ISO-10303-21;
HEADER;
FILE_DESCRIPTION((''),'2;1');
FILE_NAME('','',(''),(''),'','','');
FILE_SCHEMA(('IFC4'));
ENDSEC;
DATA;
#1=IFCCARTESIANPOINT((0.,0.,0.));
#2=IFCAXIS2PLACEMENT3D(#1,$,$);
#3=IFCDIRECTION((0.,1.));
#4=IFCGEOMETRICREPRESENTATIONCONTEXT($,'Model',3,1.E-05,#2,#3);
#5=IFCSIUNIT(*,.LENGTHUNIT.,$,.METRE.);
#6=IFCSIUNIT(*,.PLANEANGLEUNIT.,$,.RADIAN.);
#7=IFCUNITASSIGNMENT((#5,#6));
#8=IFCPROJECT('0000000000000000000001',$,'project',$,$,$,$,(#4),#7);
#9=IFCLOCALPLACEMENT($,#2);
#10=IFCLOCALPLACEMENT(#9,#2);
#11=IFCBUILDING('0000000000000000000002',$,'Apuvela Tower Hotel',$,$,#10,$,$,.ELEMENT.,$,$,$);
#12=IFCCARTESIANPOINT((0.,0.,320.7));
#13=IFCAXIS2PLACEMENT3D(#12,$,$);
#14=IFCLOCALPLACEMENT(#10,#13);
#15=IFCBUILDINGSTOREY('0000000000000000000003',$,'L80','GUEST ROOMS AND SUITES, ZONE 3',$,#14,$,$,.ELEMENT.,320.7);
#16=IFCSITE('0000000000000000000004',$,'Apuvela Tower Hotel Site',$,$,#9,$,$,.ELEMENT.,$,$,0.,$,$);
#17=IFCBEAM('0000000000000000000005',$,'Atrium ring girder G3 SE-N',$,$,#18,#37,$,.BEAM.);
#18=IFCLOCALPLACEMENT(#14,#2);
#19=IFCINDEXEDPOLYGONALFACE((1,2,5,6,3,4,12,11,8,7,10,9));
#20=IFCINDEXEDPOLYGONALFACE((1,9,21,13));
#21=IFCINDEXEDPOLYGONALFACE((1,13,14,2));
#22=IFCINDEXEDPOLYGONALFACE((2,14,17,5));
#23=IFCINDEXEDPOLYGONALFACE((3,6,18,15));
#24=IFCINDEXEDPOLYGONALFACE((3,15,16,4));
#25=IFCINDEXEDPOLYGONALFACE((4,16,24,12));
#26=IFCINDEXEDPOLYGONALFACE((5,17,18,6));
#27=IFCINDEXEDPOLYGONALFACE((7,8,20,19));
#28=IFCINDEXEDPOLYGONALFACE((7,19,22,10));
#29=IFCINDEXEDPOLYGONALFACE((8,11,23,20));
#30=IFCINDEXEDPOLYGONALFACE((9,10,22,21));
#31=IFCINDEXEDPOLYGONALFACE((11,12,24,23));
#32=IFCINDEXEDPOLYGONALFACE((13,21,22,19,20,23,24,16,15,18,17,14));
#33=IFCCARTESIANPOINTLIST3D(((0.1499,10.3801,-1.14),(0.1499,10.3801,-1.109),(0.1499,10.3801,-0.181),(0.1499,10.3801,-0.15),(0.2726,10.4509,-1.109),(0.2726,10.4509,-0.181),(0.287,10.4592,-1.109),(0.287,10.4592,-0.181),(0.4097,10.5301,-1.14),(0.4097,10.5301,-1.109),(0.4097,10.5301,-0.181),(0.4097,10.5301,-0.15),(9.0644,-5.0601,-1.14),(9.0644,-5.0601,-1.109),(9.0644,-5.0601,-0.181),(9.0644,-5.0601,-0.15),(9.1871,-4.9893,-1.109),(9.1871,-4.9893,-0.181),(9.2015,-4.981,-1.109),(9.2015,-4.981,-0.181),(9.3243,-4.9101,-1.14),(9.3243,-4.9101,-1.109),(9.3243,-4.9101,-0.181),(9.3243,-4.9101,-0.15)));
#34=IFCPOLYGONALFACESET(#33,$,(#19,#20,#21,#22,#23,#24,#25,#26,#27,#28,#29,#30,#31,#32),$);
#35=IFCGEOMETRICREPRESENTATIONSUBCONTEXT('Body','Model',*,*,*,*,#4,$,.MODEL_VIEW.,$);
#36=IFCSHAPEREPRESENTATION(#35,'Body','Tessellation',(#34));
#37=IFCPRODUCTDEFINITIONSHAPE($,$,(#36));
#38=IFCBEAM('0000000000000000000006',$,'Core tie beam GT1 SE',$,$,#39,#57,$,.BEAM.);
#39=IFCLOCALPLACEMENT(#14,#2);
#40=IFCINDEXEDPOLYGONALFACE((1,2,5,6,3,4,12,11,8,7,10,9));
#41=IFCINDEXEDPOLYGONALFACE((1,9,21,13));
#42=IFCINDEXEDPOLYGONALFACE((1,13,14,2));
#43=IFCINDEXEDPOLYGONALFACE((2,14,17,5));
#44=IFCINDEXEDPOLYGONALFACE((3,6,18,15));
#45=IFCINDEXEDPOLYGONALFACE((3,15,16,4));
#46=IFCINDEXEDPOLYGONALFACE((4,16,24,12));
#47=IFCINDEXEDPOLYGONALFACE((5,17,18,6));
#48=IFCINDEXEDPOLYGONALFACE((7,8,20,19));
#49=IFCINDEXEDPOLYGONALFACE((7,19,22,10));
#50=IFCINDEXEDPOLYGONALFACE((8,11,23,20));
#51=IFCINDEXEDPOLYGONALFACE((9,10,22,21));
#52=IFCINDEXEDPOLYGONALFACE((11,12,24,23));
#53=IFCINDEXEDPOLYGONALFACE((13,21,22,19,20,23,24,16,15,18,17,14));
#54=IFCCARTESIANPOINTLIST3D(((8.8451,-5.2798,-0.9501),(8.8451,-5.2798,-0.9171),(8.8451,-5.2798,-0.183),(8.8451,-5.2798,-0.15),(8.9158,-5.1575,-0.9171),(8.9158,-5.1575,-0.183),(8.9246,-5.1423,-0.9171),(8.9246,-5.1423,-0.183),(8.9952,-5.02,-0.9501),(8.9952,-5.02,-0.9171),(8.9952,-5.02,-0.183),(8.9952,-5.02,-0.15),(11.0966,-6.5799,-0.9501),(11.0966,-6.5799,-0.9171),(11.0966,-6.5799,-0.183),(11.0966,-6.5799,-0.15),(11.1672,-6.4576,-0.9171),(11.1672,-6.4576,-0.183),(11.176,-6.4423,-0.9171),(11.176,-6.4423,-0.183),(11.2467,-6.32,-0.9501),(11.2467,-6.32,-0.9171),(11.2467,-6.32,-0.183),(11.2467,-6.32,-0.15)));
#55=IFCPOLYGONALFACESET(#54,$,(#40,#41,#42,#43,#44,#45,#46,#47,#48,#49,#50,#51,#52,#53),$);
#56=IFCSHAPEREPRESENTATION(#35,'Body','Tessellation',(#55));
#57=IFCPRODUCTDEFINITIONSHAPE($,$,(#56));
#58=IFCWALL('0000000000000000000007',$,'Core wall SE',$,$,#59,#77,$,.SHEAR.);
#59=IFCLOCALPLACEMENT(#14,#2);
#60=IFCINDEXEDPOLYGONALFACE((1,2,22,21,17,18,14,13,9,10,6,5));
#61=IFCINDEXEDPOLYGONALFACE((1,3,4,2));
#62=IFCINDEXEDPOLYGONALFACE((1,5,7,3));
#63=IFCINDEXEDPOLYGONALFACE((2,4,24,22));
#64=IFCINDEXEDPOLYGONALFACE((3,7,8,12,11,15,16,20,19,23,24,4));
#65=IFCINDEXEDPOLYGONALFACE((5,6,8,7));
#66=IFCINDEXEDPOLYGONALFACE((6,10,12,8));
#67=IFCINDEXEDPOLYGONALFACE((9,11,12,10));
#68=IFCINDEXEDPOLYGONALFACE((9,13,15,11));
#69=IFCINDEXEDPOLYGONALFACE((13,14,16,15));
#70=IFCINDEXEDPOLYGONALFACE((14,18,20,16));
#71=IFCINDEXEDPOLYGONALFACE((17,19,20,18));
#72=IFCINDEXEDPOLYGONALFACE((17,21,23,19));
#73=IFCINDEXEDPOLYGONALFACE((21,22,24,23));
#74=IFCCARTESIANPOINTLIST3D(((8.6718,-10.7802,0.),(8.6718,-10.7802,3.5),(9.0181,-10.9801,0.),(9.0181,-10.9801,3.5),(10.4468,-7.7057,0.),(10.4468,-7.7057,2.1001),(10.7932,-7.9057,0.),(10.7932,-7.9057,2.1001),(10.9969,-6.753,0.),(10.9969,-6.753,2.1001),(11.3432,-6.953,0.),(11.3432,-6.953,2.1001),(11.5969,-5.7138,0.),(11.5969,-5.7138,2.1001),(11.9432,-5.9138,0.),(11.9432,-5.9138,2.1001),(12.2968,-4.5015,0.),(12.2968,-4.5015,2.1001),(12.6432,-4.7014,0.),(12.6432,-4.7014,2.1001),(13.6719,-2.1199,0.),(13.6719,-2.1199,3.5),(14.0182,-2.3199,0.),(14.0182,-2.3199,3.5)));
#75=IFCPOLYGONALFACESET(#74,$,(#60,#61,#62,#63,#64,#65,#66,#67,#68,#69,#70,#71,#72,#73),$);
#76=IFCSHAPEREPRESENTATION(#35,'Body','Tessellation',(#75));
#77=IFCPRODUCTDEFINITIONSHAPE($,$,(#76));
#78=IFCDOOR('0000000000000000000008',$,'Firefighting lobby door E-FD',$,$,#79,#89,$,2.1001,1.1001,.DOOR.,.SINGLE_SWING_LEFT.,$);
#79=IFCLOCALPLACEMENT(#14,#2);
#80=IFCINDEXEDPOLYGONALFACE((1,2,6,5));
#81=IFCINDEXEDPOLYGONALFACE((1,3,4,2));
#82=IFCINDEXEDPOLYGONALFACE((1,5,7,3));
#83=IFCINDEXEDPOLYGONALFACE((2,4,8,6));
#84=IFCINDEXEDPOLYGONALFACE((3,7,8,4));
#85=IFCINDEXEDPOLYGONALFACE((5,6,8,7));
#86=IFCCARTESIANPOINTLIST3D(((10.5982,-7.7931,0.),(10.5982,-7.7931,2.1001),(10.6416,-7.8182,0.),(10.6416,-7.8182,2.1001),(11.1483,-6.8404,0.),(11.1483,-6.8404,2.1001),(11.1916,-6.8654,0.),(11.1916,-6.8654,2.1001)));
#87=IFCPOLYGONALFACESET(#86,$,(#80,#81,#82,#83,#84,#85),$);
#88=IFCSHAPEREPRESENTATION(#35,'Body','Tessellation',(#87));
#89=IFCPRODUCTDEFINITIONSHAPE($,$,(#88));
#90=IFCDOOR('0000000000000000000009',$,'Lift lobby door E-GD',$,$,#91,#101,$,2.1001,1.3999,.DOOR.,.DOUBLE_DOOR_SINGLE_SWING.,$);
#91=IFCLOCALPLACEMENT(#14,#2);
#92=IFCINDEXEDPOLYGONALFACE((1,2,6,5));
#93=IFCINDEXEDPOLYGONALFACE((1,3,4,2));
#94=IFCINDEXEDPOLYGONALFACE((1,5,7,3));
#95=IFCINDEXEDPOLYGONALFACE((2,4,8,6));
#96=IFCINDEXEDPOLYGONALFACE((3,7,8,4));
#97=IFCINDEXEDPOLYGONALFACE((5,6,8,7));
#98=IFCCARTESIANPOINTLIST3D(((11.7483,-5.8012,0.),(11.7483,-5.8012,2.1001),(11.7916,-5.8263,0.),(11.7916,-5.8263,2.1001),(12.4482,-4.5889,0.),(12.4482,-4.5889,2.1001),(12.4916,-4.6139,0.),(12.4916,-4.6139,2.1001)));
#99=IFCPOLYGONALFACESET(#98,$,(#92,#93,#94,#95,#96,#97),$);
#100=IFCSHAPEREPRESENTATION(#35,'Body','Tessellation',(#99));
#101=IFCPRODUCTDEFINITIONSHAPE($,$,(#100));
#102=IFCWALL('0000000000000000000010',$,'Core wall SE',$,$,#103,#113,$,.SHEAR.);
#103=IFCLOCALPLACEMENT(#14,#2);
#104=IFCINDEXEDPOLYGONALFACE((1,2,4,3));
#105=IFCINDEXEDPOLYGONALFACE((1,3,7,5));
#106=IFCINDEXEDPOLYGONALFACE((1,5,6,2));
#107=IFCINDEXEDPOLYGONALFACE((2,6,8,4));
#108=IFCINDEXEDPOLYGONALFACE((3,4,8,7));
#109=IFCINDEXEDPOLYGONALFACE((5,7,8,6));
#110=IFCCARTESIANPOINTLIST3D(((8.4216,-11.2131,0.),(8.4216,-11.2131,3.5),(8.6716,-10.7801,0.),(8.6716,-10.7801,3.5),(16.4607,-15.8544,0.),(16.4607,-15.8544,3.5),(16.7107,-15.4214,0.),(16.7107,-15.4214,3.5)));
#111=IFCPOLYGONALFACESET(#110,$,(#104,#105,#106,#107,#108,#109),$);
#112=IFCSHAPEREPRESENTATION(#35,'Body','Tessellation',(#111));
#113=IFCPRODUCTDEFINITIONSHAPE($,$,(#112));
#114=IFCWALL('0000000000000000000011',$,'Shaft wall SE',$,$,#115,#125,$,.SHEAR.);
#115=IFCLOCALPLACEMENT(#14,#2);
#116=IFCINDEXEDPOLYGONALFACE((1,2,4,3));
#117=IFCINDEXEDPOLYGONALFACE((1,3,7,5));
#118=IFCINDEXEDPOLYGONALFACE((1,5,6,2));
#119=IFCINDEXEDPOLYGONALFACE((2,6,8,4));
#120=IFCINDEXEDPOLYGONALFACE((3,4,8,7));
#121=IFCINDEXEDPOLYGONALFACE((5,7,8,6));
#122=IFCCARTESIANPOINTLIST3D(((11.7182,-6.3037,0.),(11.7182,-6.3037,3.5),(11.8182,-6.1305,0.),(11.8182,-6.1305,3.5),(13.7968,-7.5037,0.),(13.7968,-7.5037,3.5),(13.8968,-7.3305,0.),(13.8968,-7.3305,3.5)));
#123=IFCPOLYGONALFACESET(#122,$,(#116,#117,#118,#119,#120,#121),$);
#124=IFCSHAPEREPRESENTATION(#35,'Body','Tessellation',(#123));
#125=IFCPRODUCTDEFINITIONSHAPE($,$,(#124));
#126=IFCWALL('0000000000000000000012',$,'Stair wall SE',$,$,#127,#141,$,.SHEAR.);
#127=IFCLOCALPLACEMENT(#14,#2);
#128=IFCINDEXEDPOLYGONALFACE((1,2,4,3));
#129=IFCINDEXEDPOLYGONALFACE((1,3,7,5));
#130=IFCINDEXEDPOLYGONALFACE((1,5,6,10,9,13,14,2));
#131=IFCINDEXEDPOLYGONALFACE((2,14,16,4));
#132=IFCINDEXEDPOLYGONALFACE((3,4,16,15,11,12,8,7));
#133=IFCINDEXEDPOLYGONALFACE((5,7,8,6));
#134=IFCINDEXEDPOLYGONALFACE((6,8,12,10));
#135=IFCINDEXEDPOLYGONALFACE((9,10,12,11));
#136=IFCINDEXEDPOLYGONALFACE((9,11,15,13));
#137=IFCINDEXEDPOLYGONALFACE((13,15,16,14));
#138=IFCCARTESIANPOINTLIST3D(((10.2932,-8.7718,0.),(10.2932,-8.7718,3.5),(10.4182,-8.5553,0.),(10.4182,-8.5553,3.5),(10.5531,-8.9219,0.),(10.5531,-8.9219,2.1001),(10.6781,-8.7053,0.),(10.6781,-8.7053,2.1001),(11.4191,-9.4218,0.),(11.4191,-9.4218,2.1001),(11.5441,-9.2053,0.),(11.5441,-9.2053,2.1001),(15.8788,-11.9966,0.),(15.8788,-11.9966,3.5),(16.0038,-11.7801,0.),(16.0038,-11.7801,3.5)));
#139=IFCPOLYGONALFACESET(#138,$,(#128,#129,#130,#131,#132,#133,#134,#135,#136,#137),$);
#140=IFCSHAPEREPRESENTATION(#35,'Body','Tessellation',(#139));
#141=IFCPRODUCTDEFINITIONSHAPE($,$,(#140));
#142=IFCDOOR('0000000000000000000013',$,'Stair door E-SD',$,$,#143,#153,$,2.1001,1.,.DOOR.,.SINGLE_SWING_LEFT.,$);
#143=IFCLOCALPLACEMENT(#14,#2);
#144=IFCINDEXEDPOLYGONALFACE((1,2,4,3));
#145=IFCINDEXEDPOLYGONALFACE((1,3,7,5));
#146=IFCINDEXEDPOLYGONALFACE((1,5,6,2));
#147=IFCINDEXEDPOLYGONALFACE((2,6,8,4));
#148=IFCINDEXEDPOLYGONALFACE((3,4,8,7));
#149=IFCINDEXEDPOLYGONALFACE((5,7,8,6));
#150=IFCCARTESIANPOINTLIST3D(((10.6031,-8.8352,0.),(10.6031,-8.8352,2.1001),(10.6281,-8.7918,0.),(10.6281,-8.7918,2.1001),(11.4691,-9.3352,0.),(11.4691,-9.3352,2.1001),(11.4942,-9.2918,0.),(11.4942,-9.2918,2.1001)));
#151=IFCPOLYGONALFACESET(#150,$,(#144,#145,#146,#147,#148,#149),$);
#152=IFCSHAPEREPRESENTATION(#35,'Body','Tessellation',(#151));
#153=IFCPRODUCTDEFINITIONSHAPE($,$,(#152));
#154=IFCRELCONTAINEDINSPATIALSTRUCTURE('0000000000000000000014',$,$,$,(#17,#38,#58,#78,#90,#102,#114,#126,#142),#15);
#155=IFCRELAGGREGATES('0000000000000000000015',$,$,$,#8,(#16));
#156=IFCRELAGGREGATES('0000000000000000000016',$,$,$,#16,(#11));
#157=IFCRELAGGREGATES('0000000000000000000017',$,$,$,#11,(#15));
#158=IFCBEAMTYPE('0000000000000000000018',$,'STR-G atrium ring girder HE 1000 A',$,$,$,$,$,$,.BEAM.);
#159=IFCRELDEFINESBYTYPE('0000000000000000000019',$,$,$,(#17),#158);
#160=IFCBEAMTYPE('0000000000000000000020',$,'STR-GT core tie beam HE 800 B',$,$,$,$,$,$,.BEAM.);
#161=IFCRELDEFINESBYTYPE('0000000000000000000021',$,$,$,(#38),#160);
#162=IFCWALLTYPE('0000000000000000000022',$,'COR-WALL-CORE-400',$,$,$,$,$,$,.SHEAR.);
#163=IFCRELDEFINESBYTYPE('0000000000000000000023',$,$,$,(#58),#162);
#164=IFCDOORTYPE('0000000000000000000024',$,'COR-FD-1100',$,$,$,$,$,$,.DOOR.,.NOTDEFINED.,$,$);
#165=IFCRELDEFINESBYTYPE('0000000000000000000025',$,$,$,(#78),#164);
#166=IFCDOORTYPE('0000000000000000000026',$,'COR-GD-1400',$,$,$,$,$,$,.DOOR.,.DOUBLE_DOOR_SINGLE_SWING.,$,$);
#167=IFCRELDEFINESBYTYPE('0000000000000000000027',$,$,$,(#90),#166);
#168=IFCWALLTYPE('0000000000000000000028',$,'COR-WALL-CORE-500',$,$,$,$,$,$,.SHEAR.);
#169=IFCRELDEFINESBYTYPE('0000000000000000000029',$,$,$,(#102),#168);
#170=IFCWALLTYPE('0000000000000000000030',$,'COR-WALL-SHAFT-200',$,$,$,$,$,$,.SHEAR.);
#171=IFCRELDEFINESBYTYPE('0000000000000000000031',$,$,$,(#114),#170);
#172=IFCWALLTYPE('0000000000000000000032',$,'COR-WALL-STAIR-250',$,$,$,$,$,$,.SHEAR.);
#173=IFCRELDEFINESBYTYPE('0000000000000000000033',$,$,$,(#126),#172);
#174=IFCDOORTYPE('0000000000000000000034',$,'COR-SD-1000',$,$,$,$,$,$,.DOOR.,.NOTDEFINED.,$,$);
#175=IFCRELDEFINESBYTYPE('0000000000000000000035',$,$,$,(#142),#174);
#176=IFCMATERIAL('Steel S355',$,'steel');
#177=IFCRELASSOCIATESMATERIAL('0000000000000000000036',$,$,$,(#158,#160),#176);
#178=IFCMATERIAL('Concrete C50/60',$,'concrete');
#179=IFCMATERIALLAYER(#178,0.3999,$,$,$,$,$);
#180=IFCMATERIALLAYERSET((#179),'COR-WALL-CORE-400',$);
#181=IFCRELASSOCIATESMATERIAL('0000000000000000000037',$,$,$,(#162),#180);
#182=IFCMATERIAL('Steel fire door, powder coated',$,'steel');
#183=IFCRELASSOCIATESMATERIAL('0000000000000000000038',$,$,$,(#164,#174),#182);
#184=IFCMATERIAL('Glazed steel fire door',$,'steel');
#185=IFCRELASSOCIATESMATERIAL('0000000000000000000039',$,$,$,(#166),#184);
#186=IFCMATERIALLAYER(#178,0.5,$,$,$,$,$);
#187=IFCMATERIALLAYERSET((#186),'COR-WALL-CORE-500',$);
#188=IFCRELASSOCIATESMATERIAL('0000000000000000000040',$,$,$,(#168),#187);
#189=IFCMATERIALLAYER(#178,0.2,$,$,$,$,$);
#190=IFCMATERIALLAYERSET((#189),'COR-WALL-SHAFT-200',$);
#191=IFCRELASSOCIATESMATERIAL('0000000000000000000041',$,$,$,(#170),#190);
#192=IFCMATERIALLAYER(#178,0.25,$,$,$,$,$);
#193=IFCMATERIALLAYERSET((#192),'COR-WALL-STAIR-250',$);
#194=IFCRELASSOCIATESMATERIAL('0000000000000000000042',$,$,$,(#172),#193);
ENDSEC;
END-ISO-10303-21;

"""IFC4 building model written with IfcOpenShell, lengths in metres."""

from ifc_helpers import new_model, si_unit, direction, frame, frame_2d, origin, origin_2d, place, context, subcontext, project, spatial, rectangle, i_section, extrude, material, layer, layer_set, material_profile, profile_set, type_object, element, fill, save


model = new_model("IFC4")

# Units and contexts
model_context = context("Model", 3, precision=1e-05, world=origin(), true_north=direction((0.0, 1.0)))
body_context = subcontext(model_context, "Body", "Model", "MODEL_VIEW")
ifc_project = project(units=[si_unit("LENGTHUNIT", "METRE"), si_unit("PLANEANGLEUNIT", "RADIAN")], contexts=[model_context])

# Site, building, storey
site_placement = place(None, origin())
site = spatial("IfcSite", under=ifc_project, at=site_placement, Name="Apuvela Tower Hotel Site", CompositionType="ELEMENT", RefElevation=0.0)
building_placement = place(site_placement, origin())
building = spatial("IfcBuilding", under=site, at=building_placement, Name="Apuvela Tower Hotel", CompositionType="ELEMENT")
storey_placement = place(building_placement, frame((0.0, 0.0, 320.7)))
storey = spatial("IfcBuildingStorey", under=building, at=storey_placement, Name="L80", Description="GUEST ROOMS AND SUITES, ZONE 3", CompositionType="ELEMENT", Elevation=320.7)

# Beams
ifc_material_1 = material(Name="Steel S355", Category="steel")
ifc_material_profile_1 = material_profile(ifc_material_1, i_section(OverallWidth=0.3, OverallDepth=0.99, WebThickness=0.0166, FlangeThickness=0.031, at=origin_2d()), Name="HE 1000 A")
ifc_profile_set_1 = profile_set([ifc_material_profile_1], Name="Steel S355")
beam_type_1 = type_object("IfcBeamType", Name="STR-G atrium ring girder HE 1000 A", PredefinedType="BEAM", material=ifc_profile_set_1)
beam_1_placement = place(storey_placement, frame((9.1943, -4.9851, -0.645), z_axis=(-0.500007, 0.866022, 0.0), x_axis=(-0.866022, -0.500007, 0.0)))
element("IfcBeam", 1, at=beam_1_placement, inside=storey, type_object=beam_type_1, Name="Atrium ring girder G3 SE-N", PredefinedType="BEAM", context=body_context, shape_type="SweptSolid", body=[
    extrude(i_section(OverallWidth=0.3, OverallDepth=0.99, WebThickness=0.0166, FlangeThickness=0.031, at=origin_2d()), origin(), (0.0, 0.0, 1.0), 17.8289),
])
ifc_material_profile_2 = material_profile(ifc_material_1, i_section(OverallWidth=0.3, OverallDepth=0.8, WebThickness=0.0176, FlangeThickness=0.033, at=origin_2d()), Name="HE 800 B")
ifc_profile_set_2 = profile_set([ifc_material_profile_2], Name="Steel S355")
beam_type_2 = type_object("IfcBeamType", Name="STR-GT core tie beam HE 800 B", PredefinedType="BEAM", material=ifc_profile_set_2)
beam_2_placement = place(storey_placement, frame((11.1716, -6.45, -0.55), z_axis=(-0.865998, 0.500048, 0.0), x_axis=(-0.500048, -0.865998, 0.0)))
element("IfcBeam", 2, at=beam_2_placement, inside=storey, type_object=beam_type_2, Name="Core tie beam GT1 SE", PredefinedType="BEAM", context=body_context, shape_type="SweptSolid", body=[
    extrude(i_section(OverallWidth=0.3, OverallDepth=0.8, WebThickness=0.0176, FlangeThickness=0.033, at=origin_2d()), origin(), (0.0, 0.0, 1.0), 2.5999),
])

# Wall, openings, doors
ifc_material_2 = material(Name="Concrete C50/60", Category="concrete")
ifc_layer_1 = layer(ifc_material_2, 0.3999)
ifc_layer_set_1 = layer_set([ifc_layer_1], Name="COR-WALL-CORE-400")
wall_type_1 = type_object("IfcWallType", Name="COR-WALL-CORE-400", PredefinedType="SHEAR", material=ifc_layer_set_1)
wall_1_placement = place(storey_placement, frame((8.845, -10.8801, 0.0), z_axis=(0.0, 0.0, 1.0), x_axis=(0.500004, 0.866023, 0.0)))
wall_1 = element("IfcWall", 3, at=wall_1_placement, inside=storey, type_object=wall_type_1, Name="Core wall SE", PredefinedType="SHEAR", context=body_context, shape_type="SweptSolid", body=[
    extrude(rectangle(XDim=10.0, YDim=0.3999, at=frame_2d((5.0, 0.0))), origin(), (0.0, 0.0, 1.0), 3.5),
])
opening_1_placement = place(wall_1_placement, frame((3.55, 0.0, 0.0)))
opening_1 = element("IfcOpeningElement", 4, at=opening_1_placement, cuts=wall_1, PredefinedType="OPENING", context=body_context, shape_type="SweptSolid", body=[
    extrude(rectangle(XDim=1.1001, YDim=2.1001, at=frame_2d((0.55, 1.05))), frame((0.0, 0.21, 0.0), z_axis=(0.0, -1.0, 0.0), x_axis=(1.0, 0.0, 0.0)), (0.0, 0.0, 1.0), 0.4199),
])
opening_2_placement = place(wall_1_placement, frame((5.8501, 0.0, 0.0)))
opening_2 = element("IfcOpeningElement", 5, at=opening_2_placement, cuts=wall_1, PredefinedType="OPENING", context=body_context, shape_type="SweptSolid", body=[
    extrude(rectangle(XDim=1.3999, YDim=2.1001, at=frame_2d((0.7, 1.05))), frame((0.0, 0.21, 0.0), z_axis=(0.0, -1.0, 0.0), x_axis=(1.0, 0.0, 0.0)), (0.0, 0.0, 1.0), 0.4199),
])
ifc_material_3 = material(Name="Steel fire door, powder coated", Category="steel")
door_type_1 = type_object("IfcDoorType", Name="COR-FD-1100", OperationType="NOTDEFINED", PredefinedType="DOOR", material=ifc_material_3)
door_1_placement = place(opening_1_placement, frame((1.1001, 0.0, 0.0), z_axis=(0.0, 0.0, 1.0), x_axis=(-1.0, 0.0, 0.0)))
door_1 = element("IfcDoor", 6, at=door_1_placement, inside=storey, type_object=door_type_1, Name="Firefighting lobby door E-FD", OperationType="SINGLE_SWING_LEFT", OverallHeight=2.1001, OverallWidth=1.1001, PredefinedType="DOOR", context=body_context, shape_type="SweptSolid", body=[
    extrude(rectangle(XDim=1.1001, YDim=2.1001, at=frame_2d((0.55, 1.05))), frame((0.0, 0.0249, 0.0), z_axis=(0.0, -1.0, 0.0), x_axis=(1.0, 0.0, 0.0)), (0.0, 0.0, 1.0), 0.05),
])
fill(opening_1, door_1)
ifc_material_4 = material(Name="Glazed steel fire door", Category="steel")
door_type_2 = type_object("IfcDoorType", Name="COR-GD-1400", OperationType="DOUBLE_DOOR_SINGLE_SWING", PredefinedType="DOOR", material=ifc_material_4)
door_2_placement = place(opening_2_placement, frame((1.3999, 0.0, 0.0), z_axis=(0.0, 0.0, 1.0), x_axis=(-1.0, 0.0, 0.0)))
door_2 = element("IfcDoor", 7, at=door_2_placement, inside=storey, type_object=door_type_2, Name="Lift lobby door E-GD", OperationType="DOUBLE_DOOR_SINGLE_SWING", OverallHeight=2.1001, OverallWidth=1.3999, PredefinedType="DOOR", context=body_context, shape_type="SweptSolid", body=[
    extrude(rectangle(XDim=1.3999, YDim=2.1001, at=frame_2d((0.7, 1.05))), frame((0.0, 0.0249, 0.0), z_axis=(0.0, -1.0, 0.0), x_axis=(1.0, 0.0, 0.0)), (0.0, 0.0, 1.0), 0.05),
])
fill(opening_2, door_2)

# Walls
ifc_layer_2 = layer(ifc_material_2, 0.5)
ifc_layer_set_2 = layer_set([ifc_layer_2], Name="COR-WALL-CORE-500")
wall_type_2 = type_object("IfcWallType", Name="COR-WALL-CORE-500", PredefinedType="SHEAR", material=ifc_layer_set_2)
wall_2_placement = place(storey_placement, frame((8.5466, -10.9966, 0.0), z_axis=(0.0, 0.0, 1.0), x_axis=(0.866025, -0.5, 0.0)))
element("IfcWall", 8, at=wall_2_placement, inside=storey, type_object=wall_type_2, Name="Core wall SE", PredefinedType="SHEAR", context=body_context, shape_type="SweptSolid", body=[
    extrude(rectangle(XDim=9.2827, YDim=0.5, at=frame_2d((4.6414, 0.0))), origin(), (0.0, 0.0, 1.0), 3.5),
])
ifc_layer_3 = layer(ifc_material_2, 0.2)
ifc_layer_set_3 = layer_set([ifc_layer_3], Name="COR-WALL-SHAFT-200")
wall_type_3 = type_object("IfcWallType", Name="COR-WALL-SHAFT-200", PredefinedType="SHEAR", material=ifc_layer_set_3)
wall_3_placement = place(storey_placement, frame((11.7681, -6.217, 0.0), z_axis=(0.0, 0.0, 1.0), x_axis=(0.86605, -0.499957, 0.0)))
element("IfcWall", 9, at=wall_3_placement, inside=storey, type_object=wall_type_3, Name="Shaft wall SE", PredefinedType="SHEAR", context=body_context, shape_type="SweptSolid", body=[
    extrude(rectangle(XDim=2.4001, YDim=0.2, at=frame_2d((1.2002, 0.0))), origin(), (0.0, 0.0, 1.0), 3.5),
])

# Wall, opening, door
ifc_layer_4 = layer(ifc_material_2, 0.25)
ifc_layer_set_4 = layer_set([ifc_layer_4], Name="COR-WALL-STAIR-250")
wall_type_4 = type_object("IfcWallType", Name="COR-WALL-STAIR-250", PredefinedType="SHEAR", material=ifc_layer_set_4)
wall_4_placement = place(storey_placement, frame((10.3557, -8.6636, 0.0), z_axis=(0.0, 0.0, 1.0), x_axis=(0.866029, -0.499994, 0.0)))
wall_4 = element("IfcWall", 10, at=wall_4_placement, inside=storey, type_object=wall_type_4, Name="Stair wall SE", PredefinedType="SHEAR", context=body_context, shape_type="SweptSolid", body=[
    extrude(rectangle(XDim=6.4497, YDim=0.25, at=frame_2d((3.2249, 0.0))), origin(), (0.0, 0.0, 1.0), 3.5),
])
opening_3_placement = place(wall_4_placement, frame((0.3, 0.0, 0.0)))
opening_3 = element("IfcOpeningElement", 11, at=opening_3_placement, cuts=wall_4, PredefinedType="OPENING", context=body_context, shape_type="SweptSolid", body=[
    extrude(rectangle(XDim=1.0, YDim=2.1001, at=frame_2d((0.5, 1.05))), frame((0.0, 0.135, 0.0), z_axis=(0.0, -1.0, 0.0), x_axis=(1.0, 0.0, 0.0)), (0.0, 0.0, 1.0), 0.27),
])
door_type_3 = type_object("IfcDoorType", Name="COR-SD-1000", OperationType="NOTDEFINED", PredefinedType="DOOR", material=ifc_material_3)
door_3_placement = place(opening_3_placement, frame((1.0, 0.0, 0.0), z_axis=(0.0, 0.0, 1.0), x_axis=(-1.0, 0.0, 0.0)))
door_3 = element("IfcDoor", 12, at=door_3_placement, inside=storey, type_object=door_type_3, Name="Stair door E-SD", OperationType="SINGLE_SWING_LEFT", OverallHeight=2.1001, OverallWidth=1.0, PredefinedType="DOOR", context=body_context, shape_type="SweptSolid", body=[
    extrude(rectangle(XDim=1.0, YDim=2.1001, at=frame_2d((0.5, 1.05))), frame((0.0, 0.0249, 0.0), z_axis=(0.0, -1.0, 0.0), x_axis=(1.0, 0.0, 0.0)), (0.0, 0.0, 1.0), 0.05),
])
fill(opening_3, door_3)

save(model, "model.ifc")
